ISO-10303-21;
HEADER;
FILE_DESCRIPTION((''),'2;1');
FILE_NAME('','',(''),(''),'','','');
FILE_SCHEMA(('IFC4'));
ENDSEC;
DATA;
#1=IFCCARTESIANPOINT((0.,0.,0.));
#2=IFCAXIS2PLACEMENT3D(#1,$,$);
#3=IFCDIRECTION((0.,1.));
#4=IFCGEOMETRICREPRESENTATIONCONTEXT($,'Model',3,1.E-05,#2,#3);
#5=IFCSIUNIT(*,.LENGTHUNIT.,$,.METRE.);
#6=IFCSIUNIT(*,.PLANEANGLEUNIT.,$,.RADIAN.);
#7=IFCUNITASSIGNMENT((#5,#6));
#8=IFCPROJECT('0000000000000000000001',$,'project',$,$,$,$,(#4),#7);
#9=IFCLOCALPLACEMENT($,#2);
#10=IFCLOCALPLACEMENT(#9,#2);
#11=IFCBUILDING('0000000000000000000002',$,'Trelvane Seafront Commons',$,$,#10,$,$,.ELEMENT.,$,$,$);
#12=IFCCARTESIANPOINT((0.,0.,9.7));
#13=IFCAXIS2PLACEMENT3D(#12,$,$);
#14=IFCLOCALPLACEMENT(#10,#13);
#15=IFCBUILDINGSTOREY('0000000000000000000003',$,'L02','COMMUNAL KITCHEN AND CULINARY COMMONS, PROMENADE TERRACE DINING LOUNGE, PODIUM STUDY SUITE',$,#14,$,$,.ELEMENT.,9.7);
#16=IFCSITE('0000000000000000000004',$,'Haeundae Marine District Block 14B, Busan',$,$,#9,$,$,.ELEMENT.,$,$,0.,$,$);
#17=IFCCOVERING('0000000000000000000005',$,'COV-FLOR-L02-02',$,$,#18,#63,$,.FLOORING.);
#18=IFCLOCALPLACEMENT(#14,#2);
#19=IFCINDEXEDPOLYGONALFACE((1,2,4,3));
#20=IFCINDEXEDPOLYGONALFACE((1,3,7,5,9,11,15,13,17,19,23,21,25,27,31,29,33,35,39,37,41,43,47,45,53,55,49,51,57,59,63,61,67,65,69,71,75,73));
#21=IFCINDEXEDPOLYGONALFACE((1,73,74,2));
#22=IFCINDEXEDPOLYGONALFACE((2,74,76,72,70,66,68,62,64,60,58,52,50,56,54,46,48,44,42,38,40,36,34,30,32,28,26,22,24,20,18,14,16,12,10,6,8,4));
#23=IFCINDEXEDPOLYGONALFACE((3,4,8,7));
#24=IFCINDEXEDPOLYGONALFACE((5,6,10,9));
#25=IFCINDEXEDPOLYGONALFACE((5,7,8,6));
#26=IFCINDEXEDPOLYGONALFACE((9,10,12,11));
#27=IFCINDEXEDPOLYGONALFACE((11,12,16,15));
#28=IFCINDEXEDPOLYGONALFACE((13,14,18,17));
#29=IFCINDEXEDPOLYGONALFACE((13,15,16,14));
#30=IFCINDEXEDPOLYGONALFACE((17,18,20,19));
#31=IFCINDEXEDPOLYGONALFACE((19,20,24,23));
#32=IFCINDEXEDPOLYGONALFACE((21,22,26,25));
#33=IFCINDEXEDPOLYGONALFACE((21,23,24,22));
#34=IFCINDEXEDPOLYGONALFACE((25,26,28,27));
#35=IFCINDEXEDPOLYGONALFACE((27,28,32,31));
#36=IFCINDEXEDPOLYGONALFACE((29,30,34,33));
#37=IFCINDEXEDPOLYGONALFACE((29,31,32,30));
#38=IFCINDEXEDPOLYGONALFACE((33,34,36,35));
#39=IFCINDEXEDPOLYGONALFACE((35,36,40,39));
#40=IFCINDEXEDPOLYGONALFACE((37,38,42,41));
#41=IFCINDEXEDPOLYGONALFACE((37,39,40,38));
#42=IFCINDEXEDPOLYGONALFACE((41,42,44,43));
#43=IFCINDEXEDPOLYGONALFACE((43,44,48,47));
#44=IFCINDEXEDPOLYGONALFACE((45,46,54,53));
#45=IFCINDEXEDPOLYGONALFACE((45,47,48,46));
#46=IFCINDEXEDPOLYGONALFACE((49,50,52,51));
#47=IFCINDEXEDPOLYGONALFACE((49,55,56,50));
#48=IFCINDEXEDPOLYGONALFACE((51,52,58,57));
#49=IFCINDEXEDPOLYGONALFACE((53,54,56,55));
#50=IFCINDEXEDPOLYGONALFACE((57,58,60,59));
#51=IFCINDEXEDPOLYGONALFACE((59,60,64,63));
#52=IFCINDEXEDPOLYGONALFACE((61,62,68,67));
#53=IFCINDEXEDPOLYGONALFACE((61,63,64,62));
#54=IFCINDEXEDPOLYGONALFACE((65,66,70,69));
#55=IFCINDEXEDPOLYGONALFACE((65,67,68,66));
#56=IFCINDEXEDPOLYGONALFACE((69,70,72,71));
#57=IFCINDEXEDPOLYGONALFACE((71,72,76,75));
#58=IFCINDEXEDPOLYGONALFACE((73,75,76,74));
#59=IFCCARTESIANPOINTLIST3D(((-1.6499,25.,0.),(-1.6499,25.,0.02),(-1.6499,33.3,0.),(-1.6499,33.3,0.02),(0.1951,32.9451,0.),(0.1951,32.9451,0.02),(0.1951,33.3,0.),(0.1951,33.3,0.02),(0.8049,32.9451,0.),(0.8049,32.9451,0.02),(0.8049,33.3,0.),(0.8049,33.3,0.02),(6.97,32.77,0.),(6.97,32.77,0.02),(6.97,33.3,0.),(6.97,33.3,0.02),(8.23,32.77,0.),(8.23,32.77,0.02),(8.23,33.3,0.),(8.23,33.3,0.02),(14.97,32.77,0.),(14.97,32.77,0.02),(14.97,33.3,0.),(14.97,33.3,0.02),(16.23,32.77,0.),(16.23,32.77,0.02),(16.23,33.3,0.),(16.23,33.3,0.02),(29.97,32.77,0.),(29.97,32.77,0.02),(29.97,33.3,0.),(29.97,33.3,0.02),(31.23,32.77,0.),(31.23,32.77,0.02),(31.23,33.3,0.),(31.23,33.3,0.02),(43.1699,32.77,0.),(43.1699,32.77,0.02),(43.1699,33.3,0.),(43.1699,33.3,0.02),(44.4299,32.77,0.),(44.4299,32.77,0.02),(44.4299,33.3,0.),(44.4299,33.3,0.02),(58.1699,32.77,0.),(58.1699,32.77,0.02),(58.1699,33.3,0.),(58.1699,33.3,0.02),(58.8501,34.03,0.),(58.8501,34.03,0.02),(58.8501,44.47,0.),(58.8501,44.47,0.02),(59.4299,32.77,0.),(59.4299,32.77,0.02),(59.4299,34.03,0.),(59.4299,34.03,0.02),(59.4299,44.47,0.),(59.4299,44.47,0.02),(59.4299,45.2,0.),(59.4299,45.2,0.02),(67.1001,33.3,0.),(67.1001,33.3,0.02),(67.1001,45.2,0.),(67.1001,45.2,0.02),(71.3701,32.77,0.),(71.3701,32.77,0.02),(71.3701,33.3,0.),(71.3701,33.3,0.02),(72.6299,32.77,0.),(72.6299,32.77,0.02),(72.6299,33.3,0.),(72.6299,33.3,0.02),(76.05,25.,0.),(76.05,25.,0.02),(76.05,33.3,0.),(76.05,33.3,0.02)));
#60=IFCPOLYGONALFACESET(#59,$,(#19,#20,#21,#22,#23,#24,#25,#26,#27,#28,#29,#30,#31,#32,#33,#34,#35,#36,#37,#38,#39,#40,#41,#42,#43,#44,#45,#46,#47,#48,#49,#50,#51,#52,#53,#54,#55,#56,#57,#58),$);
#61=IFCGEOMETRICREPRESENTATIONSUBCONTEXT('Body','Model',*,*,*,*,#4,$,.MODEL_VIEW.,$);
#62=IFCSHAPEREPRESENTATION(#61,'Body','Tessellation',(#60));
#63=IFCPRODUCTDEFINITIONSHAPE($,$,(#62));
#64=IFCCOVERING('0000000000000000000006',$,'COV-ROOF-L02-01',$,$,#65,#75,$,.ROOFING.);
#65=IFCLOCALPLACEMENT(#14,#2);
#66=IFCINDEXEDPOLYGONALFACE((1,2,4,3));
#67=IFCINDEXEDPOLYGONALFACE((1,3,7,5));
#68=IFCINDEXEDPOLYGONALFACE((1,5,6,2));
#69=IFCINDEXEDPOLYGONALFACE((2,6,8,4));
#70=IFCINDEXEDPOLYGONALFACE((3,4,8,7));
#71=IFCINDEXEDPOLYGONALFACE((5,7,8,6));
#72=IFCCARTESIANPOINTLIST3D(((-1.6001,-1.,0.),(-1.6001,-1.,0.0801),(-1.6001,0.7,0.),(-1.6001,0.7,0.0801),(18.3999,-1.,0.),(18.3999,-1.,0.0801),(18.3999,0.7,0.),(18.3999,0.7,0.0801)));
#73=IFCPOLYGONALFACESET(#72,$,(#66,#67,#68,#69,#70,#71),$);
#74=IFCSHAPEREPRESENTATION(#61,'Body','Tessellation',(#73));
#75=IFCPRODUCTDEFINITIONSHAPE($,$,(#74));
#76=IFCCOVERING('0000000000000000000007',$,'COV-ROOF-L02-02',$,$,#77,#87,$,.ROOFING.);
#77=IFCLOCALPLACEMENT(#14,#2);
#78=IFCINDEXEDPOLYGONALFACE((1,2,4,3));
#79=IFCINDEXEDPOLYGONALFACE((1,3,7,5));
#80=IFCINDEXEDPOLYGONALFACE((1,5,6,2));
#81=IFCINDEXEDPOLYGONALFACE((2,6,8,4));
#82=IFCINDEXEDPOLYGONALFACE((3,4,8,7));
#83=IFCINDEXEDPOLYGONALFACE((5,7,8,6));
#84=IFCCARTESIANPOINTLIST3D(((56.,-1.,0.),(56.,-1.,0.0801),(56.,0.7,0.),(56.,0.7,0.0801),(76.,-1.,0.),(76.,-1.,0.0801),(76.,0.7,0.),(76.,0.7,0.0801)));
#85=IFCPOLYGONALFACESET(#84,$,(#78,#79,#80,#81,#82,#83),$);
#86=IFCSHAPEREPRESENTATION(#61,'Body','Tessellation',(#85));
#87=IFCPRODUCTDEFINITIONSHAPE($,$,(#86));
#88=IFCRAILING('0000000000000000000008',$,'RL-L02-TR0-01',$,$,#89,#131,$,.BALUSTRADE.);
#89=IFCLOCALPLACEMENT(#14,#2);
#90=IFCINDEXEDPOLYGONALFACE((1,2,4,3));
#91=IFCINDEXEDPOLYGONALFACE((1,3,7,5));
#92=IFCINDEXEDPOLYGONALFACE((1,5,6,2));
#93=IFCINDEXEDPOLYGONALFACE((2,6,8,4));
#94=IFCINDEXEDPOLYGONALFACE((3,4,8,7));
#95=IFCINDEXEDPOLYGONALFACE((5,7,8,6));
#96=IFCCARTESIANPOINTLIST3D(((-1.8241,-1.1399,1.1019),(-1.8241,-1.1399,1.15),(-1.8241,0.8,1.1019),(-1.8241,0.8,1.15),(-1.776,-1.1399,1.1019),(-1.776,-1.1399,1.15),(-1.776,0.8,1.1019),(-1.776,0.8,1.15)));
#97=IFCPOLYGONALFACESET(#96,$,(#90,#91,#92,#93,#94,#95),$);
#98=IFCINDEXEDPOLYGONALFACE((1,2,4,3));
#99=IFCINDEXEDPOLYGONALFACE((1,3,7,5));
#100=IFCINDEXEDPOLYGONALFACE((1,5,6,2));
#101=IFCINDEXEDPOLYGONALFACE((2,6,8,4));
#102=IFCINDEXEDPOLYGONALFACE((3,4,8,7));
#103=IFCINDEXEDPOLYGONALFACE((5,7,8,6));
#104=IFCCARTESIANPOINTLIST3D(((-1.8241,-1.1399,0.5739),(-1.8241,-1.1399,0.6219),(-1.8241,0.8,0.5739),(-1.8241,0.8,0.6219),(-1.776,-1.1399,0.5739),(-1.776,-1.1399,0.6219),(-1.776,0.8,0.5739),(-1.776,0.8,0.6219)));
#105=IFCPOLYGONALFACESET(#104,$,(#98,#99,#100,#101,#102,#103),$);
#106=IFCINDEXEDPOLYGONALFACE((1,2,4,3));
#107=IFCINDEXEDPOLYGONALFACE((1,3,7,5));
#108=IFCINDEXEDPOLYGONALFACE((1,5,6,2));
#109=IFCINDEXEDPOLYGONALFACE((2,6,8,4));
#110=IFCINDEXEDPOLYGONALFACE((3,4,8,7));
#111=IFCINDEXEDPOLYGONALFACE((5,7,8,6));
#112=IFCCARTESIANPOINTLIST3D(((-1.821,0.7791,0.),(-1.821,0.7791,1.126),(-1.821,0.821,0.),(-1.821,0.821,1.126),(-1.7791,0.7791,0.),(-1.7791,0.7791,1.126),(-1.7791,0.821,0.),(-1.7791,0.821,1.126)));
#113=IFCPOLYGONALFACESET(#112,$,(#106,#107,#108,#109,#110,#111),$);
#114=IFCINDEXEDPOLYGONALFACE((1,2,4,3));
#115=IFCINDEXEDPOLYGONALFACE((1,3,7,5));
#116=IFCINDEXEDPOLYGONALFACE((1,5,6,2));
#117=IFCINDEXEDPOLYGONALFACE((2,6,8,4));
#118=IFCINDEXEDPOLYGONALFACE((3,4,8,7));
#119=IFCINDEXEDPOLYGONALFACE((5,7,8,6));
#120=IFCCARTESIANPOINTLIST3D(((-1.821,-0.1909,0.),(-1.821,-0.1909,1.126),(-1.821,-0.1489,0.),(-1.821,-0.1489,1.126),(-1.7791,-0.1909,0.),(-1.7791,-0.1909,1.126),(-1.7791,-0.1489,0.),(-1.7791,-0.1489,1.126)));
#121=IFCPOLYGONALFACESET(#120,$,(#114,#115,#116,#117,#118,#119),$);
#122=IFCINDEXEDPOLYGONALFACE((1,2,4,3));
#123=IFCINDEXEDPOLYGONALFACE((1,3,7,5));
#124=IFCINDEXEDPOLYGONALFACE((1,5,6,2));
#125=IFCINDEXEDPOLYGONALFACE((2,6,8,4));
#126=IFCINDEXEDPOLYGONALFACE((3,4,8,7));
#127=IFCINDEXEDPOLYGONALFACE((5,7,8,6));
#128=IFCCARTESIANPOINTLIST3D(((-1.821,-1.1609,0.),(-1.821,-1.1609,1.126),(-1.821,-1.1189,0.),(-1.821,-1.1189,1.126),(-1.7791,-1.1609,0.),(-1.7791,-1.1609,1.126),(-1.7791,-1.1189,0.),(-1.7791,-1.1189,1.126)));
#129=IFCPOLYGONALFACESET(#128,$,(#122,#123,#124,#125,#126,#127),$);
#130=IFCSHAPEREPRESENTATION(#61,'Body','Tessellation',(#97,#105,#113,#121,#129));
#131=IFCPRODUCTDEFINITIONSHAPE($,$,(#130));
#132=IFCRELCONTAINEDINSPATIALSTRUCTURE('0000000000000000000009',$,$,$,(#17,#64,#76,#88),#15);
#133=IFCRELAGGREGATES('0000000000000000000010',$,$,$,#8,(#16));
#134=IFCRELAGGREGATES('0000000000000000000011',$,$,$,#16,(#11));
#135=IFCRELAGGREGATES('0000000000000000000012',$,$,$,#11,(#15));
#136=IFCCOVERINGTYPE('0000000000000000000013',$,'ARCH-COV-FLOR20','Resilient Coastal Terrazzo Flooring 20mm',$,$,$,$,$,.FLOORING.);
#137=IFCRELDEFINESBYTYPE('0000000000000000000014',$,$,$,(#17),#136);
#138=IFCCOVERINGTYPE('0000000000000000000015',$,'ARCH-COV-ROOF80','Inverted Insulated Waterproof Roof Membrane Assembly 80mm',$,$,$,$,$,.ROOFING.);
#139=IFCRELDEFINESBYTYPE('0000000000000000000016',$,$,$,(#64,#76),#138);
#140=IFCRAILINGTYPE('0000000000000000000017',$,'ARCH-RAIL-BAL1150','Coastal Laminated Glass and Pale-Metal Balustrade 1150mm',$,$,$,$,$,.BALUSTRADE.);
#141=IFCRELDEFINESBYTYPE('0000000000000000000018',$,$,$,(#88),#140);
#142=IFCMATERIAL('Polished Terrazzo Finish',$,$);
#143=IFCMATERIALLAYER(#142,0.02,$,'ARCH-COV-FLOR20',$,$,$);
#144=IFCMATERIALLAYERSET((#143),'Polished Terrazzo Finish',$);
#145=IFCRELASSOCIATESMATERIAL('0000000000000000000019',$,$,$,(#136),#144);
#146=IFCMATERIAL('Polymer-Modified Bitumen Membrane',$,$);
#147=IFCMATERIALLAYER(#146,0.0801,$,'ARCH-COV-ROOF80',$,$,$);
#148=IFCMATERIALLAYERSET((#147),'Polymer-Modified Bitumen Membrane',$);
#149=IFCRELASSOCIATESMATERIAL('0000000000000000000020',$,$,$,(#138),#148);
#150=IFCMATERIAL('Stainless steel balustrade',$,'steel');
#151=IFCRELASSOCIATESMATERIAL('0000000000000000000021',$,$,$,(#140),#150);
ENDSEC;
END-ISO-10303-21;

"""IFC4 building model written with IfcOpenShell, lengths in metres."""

from ifc_helpers import new_model, si_unit, direction, frame, origin, origin_2d, place, context, subcontext, project, spatial, polyline, rectangle, outline, extrude, material, layer, layer_set, type_object, element, save


model = new_model("IFC4")

# Units and contexts
model_context = context("Model", 3, precision=1e-05, world=origin(), true_north=direction((0.0, 1.0)))
body_context = subcontext(model_context, "Body", "Model", "MODEL_VIEW")
ifc_project = project(units=[si_unit("LENGTHUNIT", "METRE"), si_unit("PLANEANGLEUNIT", "RADIAN")], contexts=[model_context])

# Site, building, storey
site_placement = place(None, origin())
site = spatial("IfcSite", under=ifc_project, at=site_placement, Name="Haeundae Marine District Block 14B, Busan", CompositionType="ELEMENT", RefElevation=0.0)
building_placement = place(site_placement, origin())
building = spatial("IfcBuilding", under=site, at=building_placement, Name="Trelvane Seafront Commons", CompositionType="ELEMENT")
storey_placement = place(building_placement, frame((0.0, 0.0, 9.7)))
storey = spatial("IfcBuildingStorey", under=building, at=storey_placement, Name="L02", Description="COMMUNAL KITCHEN AND CULINARY COMMONS, PROMENADE TERRACE DINING LOUNGE, PODIUM STUDY SUITE", CompositionType="ELEMENT", Elevation=9.7)

# Coverings
ifc_material_1 = material(Name="Polished Terrazzo Finish")
ifc_layer_1 = layer(ifc_material_1, 0.02, Name="ARCH-COV-FLOR20")
ifc_layer_set_1 = layer_set([ifc_layer_1], Name="Polished Terrazzo Finish")
covering_type_1 = type_object("IfcCoveringType", Name="ARCH-COV-FLOR20", Description="Resilient Coastal Terrazzo Flooring 20mm", PredefinedType="FLOORING", material=ifc_layer_set_1)
covering_1_placement = place(storey_placement, origin())
element("IfcCovering", 1, at=covering_1_placement, inside=storey, type_object=covering_type_1, Name="COV-FLOR-L02-02", PredefinedType="FLOORING", context=body_context, shape_type="SweptSolid", body=[
    extrude(outline(polyline([(72.6299, 33.3), (72.6299, 32.77), (71.3701, 32.77), (71.3701, 33.3), (67.1001, 33.3), (67.1001, 45.2), (59.4299, 45.2), (59.4299, 44.47), (58.8501, 44.47), (58.8501, 34.03), (59.4299, 34.03), (59.4299, 32.77), (58.1699, 32.77), (58.1699, 33.3), (44.4299, 33.3), (44.4299, 32.77), (43.1699, 32.77), (43.1699, 33.3), (31.23, 33.3), (31.23, 32.77), (29.97, 32.77), (29.97, 33.3), (16.23, 33.3), (16.23, 32.77), (14.97, 32.77), (14.97, 33.3), (8.23, 33.3), (8.23, 32.77), (6.97, 32.77), (6.97, 33.3), (0.8049, 33.3), (0.8049, 32.9451), (0.1951, 32.9451), (0.1951, 33.3), (-1.6499, 33.3), (-1.6499, 25.0), (76.05, 25.0), (76.05, 33.3), (72.6299, 33.3)])), origin(), (0.0, 0.0, 1.0), 0.02),
])
ifc_material_2 = material(Name="Polymer-Modified Bitumen Membrane")
ifc_layer_2 = layer(ifc_material_2, 0.0801, Name="ARCH-COV-ROOF80")
ifc_layer_set_2 = layer_set([ifc_layer_2], Name="Polymer-Modified Bitumen Membrane")
covering_type_2 = type_object("IfcCoveringType", Name="ARCH-COV-ROOF80", Description="Inverted Insulated Waterproof Roof Membrane Assembly 80mm", PredefinedType="ROOFING", material=ifc_layer_set_2)
covering_2_placement = place(storey_placement, origin())
element("IfcCovering", 2, at=covering_2_placement, inside=storey, type_object=covering_type_2, Name="COV-ROOF-L02-01", PredefinedType="ROOFING", context=body_context, shape_type="SweptSolid", body=[
    extrude(outline(polyline([(-1.6001, -1.0), (18.3999, -1.0), (18.3999, 0.7), (-1.6001, 0.7), (-1.6001, -1.0)])), origin(), (0.0, 0.0, 1.0), 0.0801),
])
covering_3_placement = place(storey_placement, origin())
element("IfcCovering", 3, at=covering_3_placement, inside=storey, type_object=covering_type_2, Name="COV-ROOF-L02-02", PredefinedType="ROOFING", context=body_context, shape_type="SweptSolid", body=[
    extrude(outline(polyline([(56.0, -1.0), (76.0, -1.0), (76.0, 0.7), (56.0, 0.7), (56.0, -1.0)])), origin(), (0.0, 0.0, 1.0), 0.0801),
])

# Railing
ifc_material_3 = material(Name="Stainless steel balustrade", Category="steel")
railing_type = type_object("IfcRailingType", Name="ARCH-RAIL-BAL1150", Description="Coastal Laminated Glass and Pale-Metal Balustrade 1150mm", PredefinedType="BALUSTRADE", material=ifc_material_3)
railing_1_placement = place(storey_placement, frame((-1.8, 0.8, 0.0)))
element("IfcRailing", 4, at=railing_1_placement, inside=storey, type_object=railing_type, Name="RL-L02-TR0-01", PredefinedType="BALUSTRADE", context=body_context, shape_type="SweptSolid", body=[
    extrude(rectangle(XDim=0.0481, YDim=0.0481, at=origin_2d()), frame((0.0, 0.0, 1.126), z_axis=(0.0, -1.0, 0.0), x_axis=(1.0, 0.0, 0.0)), (0.0, 0.0, 1.0), 1.9399),
    extrude(rectangle(XDim=0.0481, YDim=0.0481, at=origin_2d()), frame((0.0, 0.0, 0.5979), z_axis=(0.0, -1.0, 0.0), x_axis=(1.0, 0.0, 0.0)), (0.0, 0.0, 1.0), 1.9399),
    extrude(rectangle(XDim=0.042, YDim=0.042, at=origin_2d()), origin(), (0.0, 0.0, 1.0), 1.126),
    extrude(rectangle(XDim=0.042, YDim=0.042, at=origin_2d()), frame((0.0, -0.97, 0.0)), (0.0, 0.0, 1.0), 1.126),
    extrude(rectangle(XDim=0.042, YDim=0.042, at=origin_2d()), frame((0.0, -1.9399, 0.0)), (0.0, 0.0, 1.0), 1.126),
])

save(model, "model.ifc")
